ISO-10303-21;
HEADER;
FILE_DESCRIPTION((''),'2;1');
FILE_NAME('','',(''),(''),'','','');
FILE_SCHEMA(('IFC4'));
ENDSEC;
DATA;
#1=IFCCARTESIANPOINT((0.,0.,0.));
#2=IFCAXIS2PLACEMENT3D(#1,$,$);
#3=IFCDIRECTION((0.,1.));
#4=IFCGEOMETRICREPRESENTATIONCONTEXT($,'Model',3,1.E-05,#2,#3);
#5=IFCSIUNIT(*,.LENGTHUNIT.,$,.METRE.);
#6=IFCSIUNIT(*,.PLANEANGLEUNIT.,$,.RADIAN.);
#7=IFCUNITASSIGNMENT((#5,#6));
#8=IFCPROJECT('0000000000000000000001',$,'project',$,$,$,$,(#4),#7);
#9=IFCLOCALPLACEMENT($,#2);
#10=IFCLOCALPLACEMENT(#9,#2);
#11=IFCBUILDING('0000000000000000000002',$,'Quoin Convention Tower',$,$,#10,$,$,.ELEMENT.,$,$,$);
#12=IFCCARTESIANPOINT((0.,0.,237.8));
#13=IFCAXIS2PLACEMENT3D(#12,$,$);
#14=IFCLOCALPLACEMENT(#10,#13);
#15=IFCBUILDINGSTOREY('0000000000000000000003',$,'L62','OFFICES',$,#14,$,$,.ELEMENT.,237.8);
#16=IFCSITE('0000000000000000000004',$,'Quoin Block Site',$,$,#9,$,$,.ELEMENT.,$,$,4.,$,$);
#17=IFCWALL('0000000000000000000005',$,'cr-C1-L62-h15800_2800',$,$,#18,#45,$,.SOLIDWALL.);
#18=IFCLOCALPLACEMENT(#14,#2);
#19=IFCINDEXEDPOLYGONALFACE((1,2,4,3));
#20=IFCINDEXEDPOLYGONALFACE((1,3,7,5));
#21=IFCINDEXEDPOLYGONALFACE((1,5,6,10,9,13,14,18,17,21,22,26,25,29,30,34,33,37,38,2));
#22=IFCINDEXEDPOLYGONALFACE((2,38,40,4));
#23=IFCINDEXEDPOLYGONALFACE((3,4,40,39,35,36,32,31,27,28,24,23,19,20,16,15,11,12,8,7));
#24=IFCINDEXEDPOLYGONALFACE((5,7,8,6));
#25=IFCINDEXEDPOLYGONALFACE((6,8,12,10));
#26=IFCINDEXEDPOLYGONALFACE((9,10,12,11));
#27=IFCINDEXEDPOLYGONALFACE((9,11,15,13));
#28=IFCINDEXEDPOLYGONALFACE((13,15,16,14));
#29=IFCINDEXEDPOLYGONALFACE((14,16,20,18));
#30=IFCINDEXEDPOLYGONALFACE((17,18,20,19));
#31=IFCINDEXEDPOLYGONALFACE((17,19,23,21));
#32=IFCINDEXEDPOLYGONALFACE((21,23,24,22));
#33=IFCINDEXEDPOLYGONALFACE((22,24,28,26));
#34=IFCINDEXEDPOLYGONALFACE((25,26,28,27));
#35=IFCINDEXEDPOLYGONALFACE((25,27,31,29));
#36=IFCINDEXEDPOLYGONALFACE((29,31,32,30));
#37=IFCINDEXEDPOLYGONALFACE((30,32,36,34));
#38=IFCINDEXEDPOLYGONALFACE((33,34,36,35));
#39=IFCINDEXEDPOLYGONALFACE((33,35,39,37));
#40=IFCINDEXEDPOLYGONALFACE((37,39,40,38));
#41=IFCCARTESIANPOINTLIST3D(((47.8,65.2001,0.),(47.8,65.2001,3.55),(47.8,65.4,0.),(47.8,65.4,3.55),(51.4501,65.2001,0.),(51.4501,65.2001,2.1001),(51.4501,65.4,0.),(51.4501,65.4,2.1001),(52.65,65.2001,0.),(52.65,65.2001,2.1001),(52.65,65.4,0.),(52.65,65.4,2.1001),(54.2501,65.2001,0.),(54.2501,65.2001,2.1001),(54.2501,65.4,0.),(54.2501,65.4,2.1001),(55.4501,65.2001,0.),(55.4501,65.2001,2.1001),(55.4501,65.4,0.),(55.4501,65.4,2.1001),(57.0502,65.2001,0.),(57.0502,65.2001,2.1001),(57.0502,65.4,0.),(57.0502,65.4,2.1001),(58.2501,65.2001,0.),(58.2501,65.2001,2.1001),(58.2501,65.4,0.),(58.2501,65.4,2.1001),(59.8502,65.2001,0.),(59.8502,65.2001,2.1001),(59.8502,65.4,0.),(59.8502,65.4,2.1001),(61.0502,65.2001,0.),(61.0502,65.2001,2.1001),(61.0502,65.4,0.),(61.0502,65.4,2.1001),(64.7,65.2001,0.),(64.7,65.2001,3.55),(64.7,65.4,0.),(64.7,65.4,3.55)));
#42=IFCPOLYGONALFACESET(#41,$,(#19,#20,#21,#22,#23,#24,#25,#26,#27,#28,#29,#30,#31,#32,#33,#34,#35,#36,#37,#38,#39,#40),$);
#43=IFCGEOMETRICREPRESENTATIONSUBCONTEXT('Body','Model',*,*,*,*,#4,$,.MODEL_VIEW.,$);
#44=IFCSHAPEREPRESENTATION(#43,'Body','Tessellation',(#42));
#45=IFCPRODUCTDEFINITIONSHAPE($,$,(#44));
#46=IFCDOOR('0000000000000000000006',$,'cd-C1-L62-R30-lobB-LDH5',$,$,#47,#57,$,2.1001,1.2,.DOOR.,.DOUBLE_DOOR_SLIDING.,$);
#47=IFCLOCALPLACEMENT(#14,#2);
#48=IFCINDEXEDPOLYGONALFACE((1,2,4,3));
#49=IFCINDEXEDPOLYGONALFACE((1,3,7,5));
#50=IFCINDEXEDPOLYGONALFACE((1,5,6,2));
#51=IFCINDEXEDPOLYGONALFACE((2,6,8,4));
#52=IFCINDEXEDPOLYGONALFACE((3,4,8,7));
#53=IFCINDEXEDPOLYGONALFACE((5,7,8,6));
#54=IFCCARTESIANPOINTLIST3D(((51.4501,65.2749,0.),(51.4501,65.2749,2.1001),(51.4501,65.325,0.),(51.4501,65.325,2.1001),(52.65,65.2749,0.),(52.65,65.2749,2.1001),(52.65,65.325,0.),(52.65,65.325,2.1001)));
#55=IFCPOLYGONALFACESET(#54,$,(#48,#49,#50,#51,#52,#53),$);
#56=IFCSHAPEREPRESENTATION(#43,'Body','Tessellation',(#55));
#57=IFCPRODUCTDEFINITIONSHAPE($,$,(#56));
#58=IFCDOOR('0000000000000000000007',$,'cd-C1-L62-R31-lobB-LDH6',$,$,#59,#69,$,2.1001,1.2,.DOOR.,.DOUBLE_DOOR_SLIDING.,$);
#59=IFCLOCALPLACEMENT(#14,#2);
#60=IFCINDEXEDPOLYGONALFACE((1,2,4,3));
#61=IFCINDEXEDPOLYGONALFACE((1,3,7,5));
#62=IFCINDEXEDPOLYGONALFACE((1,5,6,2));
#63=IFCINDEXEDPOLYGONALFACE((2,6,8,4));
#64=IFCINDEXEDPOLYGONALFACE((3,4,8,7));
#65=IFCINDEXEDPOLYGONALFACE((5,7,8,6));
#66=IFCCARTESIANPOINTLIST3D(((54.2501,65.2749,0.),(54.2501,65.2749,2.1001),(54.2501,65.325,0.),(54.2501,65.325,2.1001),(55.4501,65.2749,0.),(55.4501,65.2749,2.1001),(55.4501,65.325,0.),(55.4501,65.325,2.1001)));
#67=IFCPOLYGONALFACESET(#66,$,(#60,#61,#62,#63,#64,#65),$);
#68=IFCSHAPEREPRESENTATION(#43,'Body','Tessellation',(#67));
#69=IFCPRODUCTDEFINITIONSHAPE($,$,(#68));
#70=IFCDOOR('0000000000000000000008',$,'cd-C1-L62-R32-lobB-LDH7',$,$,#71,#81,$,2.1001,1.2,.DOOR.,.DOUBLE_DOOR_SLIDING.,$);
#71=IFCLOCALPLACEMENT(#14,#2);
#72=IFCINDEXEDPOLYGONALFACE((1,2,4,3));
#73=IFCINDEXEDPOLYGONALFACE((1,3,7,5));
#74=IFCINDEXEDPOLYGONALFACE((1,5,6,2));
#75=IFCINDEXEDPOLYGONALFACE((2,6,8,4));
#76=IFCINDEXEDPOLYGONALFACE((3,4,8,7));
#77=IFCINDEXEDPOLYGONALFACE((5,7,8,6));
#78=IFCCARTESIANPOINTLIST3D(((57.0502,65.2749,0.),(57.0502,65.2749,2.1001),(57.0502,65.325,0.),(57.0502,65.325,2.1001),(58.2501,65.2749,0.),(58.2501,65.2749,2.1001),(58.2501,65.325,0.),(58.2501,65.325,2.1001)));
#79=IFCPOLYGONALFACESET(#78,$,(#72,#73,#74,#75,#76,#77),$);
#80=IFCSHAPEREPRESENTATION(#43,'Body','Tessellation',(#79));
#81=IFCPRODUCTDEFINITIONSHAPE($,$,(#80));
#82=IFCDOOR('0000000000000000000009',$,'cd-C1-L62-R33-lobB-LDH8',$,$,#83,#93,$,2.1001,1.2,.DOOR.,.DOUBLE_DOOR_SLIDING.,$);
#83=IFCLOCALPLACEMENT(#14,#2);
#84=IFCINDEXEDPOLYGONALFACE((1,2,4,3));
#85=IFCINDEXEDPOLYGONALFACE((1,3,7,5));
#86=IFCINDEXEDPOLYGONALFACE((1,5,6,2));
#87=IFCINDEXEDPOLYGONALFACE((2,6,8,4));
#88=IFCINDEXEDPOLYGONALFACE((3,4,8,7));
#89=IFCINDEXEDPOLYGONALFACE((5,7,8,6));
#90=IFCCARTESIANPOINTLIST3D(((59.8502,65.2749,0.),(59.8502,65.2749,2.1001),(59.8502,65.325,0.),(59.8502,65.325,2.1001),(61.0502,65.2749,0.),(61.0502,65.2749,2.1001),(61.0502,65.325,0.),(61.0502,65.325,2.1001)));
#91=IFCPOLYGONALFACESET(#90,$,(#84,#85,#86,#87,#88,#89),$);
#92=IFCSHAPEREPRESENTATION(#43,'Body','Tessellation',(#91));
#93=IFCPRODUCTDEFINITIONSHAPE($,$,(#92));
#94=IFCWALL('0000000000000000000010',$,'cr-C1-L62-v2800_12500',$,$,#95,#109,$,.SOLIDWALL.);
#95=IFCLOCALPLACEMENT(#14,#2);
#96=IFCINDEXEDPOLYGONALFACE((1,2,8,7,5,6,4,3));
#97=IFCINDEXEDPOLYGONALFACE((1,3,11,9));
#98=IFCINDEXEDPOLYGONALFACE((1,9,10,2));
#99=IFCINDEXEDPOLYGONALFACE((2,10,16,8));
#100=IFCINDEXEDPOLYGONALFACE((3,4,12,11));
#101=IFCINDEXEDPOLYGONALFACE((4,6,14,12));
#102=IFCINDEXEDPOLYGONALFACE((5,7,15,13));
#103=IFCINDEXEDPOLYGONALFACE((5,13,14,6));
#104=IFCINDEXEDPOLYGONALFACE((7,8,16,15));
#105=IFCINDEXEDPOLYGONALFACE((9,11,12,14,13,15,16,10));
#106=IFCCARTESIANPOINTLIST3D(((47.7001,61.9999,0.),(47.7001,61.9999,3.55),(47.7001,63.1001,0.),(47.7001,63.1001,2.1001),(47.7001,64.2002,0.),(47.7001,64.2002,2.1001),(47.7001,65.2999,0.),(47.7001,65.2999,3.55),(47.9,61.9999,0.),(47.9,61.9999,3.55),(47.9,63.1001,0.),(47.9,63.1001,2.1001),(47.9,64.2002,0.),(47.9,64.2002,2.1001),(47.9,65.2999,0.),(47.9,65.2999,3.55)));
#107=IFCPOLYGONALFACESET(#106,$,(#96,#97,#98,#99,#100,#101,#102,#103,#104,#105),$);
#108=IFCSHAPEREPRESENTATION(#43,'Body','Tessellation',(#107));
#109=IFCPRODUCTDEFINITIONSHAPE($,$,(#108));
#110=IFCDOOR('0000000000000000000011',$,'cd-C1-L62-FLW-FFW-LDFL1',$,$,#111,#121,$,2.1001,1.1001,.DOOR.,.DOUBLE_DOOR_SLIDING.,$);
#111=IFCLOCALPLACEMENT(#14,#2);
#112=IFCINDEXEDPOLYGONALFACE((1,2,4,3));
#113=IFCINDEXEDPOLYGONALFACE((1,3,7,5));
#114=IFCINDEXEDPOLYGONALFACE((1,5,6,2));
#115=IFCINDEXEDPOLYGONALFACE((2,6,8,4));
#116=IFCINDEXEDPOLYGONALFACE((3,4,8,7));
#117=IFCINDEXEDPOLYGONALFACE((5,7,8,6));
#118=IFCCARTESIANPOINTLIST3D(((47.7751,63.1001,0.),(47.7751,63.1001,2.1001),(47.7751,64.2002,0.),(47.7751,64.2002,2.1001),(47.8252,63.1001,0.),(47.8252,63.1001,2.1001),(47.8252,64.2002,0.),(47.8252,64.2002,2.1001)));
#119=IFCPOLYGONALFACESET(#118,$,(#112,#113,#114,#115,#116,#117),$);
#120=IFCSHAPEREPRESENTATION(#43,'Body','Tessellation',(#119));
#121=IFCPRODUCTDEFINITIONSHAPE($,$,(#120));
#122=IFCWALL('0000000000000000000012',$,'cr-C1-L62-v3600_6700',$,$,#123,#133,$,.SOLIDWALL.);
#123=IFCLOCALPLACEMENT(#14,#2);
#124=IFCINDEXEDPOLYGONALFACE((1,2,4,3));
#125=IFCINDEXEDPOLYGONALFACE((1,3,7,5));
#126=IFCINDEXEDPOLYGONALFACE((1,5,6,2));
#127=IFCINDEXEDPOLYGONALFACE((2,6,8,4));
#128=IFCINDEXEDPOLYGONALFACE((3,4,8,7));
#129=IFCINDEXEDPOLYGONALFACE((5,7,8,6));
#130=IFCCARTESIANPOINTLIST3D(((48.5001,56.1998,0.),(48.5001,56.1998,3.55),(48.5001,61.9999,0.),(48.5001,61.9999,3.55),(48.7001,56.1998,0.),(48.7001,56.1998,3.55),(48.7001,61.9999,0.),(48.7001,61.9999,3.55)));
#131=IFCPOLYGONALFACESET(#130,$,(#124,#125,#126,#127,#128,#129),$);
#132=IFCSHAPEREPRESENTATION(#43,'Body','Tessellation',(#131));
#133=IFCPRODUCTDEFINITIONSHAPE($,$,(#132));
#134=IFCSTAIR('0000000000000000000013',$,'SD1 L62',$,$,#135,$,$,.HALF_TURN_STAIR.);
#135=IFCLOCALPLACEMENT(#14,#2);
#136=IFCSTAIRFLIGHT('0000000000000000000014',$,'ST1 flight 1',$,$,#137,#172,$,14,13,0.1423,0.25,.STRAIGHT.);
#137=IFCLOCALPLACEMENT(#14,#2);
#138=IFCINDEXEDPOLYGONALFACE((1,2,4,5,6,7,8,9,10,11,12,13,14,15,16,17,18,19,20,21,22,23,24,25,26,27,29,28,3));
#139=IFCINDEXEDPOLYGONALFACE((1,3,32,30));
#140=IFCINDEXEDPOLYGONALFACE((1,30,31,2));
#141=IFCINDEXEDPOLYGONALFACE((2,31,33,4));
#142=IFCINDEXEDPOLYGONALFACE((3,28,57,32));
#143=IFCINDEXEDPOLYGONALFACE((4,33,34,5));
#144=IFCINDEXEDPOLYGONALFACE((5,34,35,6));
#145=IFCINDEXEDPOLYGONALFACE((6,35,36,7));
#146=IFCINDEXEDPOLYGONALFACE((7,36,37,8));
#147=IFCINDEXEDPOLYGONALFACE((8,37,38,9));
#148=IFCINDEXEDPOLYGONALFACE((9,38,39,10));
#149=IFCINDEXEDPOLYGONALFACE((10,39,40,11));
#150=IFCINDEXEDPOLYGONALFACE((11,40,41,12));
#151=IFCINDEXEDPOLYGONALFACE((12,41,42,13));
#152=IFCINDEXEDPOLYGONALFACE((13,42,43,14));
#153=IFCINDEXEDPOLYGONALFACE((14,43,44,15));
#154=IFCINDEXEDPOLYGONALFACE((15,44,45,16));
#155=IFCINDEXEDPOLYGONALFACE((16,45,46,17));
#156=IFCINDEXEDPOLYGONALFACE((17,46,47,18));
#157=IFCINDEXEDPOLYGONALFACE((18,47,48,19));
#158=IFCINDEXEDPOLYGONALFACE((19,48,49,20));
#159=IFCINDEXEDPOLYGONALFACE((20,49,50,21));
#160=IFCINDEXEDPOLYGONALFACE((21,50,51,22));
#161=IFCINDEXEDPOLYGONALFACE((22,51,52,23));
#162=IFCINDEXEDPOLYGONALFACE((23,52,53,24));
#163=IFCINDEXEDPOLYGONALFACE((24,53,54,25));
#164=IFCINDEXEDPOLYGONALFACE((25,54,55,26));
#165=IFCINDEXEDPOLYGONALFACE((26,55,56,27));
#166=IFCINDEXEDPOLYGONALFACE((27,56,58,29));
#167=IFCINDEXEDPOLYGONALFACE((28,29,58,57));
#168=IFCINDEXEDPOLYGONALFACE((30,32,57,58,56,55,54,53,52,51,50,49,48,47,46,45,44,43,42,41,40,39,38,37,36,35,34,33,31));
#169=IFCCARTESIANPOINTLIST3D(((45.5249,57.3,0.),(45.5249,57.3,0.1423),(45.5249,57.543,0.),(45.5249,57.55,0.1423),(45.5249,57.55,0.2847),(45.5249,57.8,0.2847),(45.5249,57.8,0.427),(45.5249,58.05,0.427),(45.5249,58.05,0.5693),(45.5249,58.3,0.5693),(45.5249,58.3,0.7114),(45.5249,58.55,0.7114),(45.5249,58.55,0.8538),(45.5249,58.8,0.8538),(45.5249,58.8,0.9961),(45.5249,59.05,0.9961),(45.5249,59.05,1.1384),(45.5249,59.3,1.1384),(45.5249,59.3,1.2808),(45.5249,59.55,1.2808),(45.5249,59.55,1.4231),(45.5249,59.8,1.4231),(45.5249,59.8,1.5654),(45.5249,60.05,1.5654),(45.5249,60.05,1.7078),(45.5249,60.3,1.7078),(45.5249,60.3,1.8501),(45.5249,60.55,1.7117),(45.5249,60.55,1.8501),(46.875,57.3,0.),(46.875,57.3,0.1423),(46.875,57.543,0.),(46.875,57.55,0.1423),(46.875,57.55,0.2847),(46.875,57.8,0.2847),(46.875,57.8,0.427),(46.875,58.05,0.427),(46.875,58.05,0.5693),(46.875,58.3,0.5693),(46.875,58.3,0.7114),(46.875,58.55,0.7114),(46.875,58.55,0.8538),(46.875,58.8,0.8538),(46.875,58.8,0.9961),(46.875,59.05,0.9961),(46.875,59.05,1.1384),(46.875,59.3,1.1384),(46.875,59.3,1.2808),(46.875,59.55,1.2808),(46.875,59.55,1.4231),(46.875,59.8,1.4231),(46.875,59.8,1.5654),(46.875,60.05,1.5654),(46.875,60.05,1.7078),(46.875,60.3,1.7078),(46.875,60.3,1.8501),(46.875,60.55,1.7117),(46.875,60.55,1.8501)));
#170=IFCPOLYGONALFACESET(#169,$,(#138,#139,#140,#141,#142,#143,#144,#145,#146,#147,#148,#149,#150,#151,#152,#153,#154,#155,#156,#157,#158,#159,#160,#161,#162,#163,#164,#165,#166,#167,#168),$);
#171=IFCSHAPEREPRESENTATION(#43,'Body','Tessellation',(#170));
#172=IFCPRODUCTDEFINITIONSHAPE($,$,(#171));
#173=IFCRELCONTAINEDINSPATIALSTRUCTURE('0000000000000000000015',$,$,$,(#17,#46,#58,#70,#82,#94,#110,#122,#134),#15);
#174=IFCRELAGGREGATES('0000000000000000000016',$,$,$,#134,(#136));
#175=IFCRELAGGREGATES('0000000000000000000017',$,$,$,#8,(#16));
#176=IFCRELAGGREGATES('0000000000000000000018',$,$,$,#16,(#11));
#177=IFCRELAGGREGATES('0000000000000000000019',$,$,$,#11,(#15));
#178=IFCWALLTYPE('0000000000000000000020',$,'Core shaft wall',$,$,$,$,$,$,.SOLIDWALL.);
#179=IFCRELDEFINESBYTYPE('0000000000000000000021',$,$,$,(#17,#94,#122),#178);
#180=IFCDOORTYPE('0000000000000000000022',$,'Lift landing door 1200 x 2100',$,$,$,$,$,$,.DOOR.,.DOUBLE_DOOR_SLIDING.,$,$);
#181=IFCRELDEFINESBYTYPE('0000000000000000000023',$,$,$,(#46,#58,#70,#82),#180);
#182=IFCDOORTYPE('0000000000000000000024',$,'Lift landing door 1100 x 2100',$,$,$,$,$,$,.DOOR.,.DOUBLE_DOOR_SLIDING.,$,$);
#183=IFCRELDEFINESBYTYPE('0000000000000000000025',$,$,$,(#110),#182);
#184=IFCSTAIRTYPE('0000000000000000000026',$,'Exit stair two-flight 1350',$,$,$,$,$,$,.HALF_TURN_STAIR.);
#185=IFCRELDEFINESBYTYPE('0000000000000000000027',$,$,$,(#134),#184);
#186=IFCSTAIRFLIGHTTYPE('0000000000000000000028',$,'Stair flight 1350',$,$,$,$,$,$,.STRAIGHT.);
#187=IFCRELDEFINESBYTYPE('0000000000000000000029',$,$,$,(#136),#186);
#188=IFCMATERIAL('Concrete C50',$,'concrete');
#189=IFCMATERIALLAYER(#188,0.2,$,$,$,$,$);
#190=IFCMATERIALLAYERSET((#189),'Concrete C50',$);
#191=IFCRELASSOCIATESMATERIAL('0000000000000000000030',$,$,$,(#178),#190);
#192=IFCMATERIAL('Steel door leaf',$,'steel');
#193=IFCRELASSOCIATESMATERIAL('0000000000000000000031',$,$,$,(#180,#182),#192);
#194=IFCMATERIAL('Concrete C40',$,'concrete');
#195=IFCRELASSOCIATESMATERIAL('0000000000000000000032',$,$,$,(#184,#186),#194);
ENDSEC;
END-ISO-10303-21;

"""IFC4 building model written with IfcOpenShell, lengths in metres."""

from ifc_helpers import new_model, si_unit, direction, frame, frame_2d, origin, place, context, subcontext, project, spatial, polyline, rectangle, outline, extrude, material, layer, layer_set, type_object, element, fill, aggregate, save


model = new_model("IFC4")

# Units and contexts
model_context = context("Model", 3, precision=1e-05, world=origin(), true_north=direction((0.0, 1.0)))
body_context = subcontext(model_context, "Body", "Model", "MODEL_VIEW")
ifc_project = project(units=[si_unit("LENGTHUNIT", "METRE"), si_unit("PLANEANGLEUNIT", "RADIAN")], contexts=[model_context])

# Site, building, storey
site_placement = place(None, origin())
site = spatial("IfcSite", under=ifc_project, at=site_placement, Name="Quoin Block Site", CompositionType="ELEMENT", RefElevation=4.0)
building_placement = place(site_placement, origin())
building = spatial("IfcBuilding", under=site, at=building_placement, Name="Quoin Convention Tower", CompositionType="ELEMENT")
storey_placement = place(building_placement, frame((0.0, 0.0, 237.8)))
storey = spatial("IfcBuildingStorey", under=building, at=storey_placement, Name="L62", Description="OFFICES", CompositionType="ELEMENT", Elevation=237.8)

# Shared definitions
ifc_material_1 = material(Name="Steel door leaf", Category="steel")

# Shared definitions
ifc_material_2 = material(Name="Concrete C50", Category="concrete")
ifc_layer_1 = layer(ifc_material_2, 0.2)
ifc_layer_set_1 = layer_set([ifc_layer_1], Name="Concrete C50")
wall_type_1 = type_object("IfcWallType", Name="Core shaft wall", PredefinedType="SOLIDWALL", material=ifc_layer_set_1)

# Wall, openings, doors
door_type_1 = type_object("IfcDoorType", Name="Lift landing door 1200 x 2100", OperationType="DOUBLE_DOOR_SLIDING", PredefinedType="DOOR", material=ifc_material_1)
wall_1_placement = place(storey_placement, frame((47.8, 65.3, 0.0), z_axis=(0.0, 0.0, 1.0), x_axis=(1.0, 0.0, 0.0)))
wall_1 = element("IfcWall", 1, at=wall_1_placement, inside=storey, type_object=wall_type_1, Name="cr-C1-L62-h15800_2800", PredefinedType="SOLIDWALL", context=body_context, shape_type="SweptSolid", body=[
    extrude(rectangle(XDim=16.8999, YDim=0.2, at=frame_2d((8.45, 0.0))), origin(), (0.0, 0.0, 1.0), 3.55),
])
opening_1_placement = place(wall_1_placement, frame((3.6499, 0.0, 0.0)))
opening_1 = element("IfcOpeningElement", 2, at=opening_1_placement, cuts=wall_1, PredefinedType="OPENING", context=body_context, shape_type="SweptSolid", body=[
    extrude(rectangle(XDim=1.2, YDim=2.1001, at=frame_2d((0.6001, 1.05))), frame((0.0, 0.1099, 0.0), z_axis=(0.0, -1.0, 0.0), x_axis=(1.0, 0.0, 0.0)), (0.0, 0.0, 1.0), 0.22),
])
opening_2_placement = place(wall_1_placement, frame((6.45, 0.0, 0.0)))
opening_2 = element("IfcOpeningElement", 3, at=opening_2_placement, cuts=wall_1, PredefinedType="OPENING", context=body_context, shape_type="SweptSolid", body=[
    extrude(rectangle(XDim=1.2, YDim=2.1001, at=frame_2d((0.6001, 1.05))), frame((0.0, 0.1099, 0.0), z_axis=(0.0, -1.0, 0.0), x_axis=(1.0, 0.0, 0.0)), (0.0, 0.0, 1.0), 0.22),
])
opening_3_placement = place(wall_1_placement, frame((9.25, 0.0, 0.0)))
opening_3 = element("IfcOpeningElement", 4, at=opening_3_placement, cuts=wall_1, PredefinedType="OPENING", context=body_context, shape_type="SweptSolid", body=[
    extrude(rectangle(XDim=1.2, YDim=2.1001, at=frame_2d((0.6001, 1.05))), frame((0.0, 0.1099, 0.0), z_axis=(0.0, -1.0, 0.0), x_axis=(1.0, 0.0, 0.0)), (0.0, 0.0, 1.0), 0.22),
])
opening_4_placement = place(wall_1_placement, frame((12.05, 0.0, 0.0)))
opening_4 = element("IfcOpeningElement", 5, at=opening_4_placement, cuts=wall_1, PredefinedType="OPENING", context=body_context, shape_type="SweptSolid", body=[
    extrude(rectangle(XDim=1.2, YDim=2.1001, at=frame_2d((0.6001, 1.05))), frame((0.0, 0.1099, 0.0), z_axis=(0.0, -1.0, 0.0), x_axis=(1.0, 0.0, 0.0)), (0.0, 0.0, 1.0), 0.22),
])
door_1_placement = place(opening_1_placement, origin())
door_1 = element("IfcDoor", 6, at=door_1_placement, inside=storey, type_object=door_type_1, Name="cd-C1-L62-R30-lobB-LDH5", OperationType="DOUBLE_DOOR_SLIDING", OverallHeight=2.1001, OverallWidth=1.2, PredefinedType="DOOR", context=body_context, shape_type="SweptSolid", body=[
    extrude(rectangle(XDim=1.2, YDim=2.1001, at=frame_2d((0.6001, 1.05))), frame((0.0, 0.0249, 0.0), z_axis=(0.0, -1.0, 0.0), x_axis=(1.0, 0.0, 0.0)), (0.0, 0.0, 1.0), 0.05),
])
fill(opening_1, door_1)
door_2_placement = place(opening_2_placement, origin())
door_2 = element("IfcDoor", 7, at=door_2_placement, inside=storey, type_object=door_type_1, Name="cd-C1-L62-R31-lobB-LDH6", OperationType="DOUBLE_DOOR_SLIDING", OverallHeight=2.1001, OverallWidth=1.2, PredefinedType="DOOR", context=body_context, shape_type="SweptSolid", body=[
    extrude(rectangle(XDim=1.2, YDim=2.1001, at=frame_2d((0.6001, 1.05))), frame((0.0, 0.0249, 0.0), z_axis=(0.0, -1.0, 0.0), x_axis=(1.0, 0.0, 0.0)), (0.0, 0.0, 1.0), 0.05),
])
fill(opening_2, door_2)
door_3_placement = place(opening_3_placement, origin())
door_3 = element("IfcDoor", 8, at=door_3_placement, inside=storey, type_object=door_type_1, Name="cd-C1-L62-R32-lobB-LDH7", OperationType="DOUBLE_DOOR_SLIDING", OverallHeight=2.1001, OverallWidth=1.2, PredefinedType="DOOR", context=body_context, shape_type="SweptSolid", body=[
    extrude(rectangle(XDim=1.2, YDim=2.1001, at=frame_2d((0.6001, 1.05))), frame((0.0, 0.0249, 0.0), z_axis=(0.0, -1.0, 0.0), x_axis=(1.0, 0.0, 0.0)), (0.0, 0.0, 1.0), 0.05),
])
fill(opening_3, door_3)
door_4_placement = place(opening_4_placement, origin())
door_4 = element("IfcDoor", 9, at=door_4_placement, inside=storey, type_object=door_type_1, Name="cd-C1-L62-R33-lobB-LDH8", OperationType="DOUBLE_DOOR_SLIDING", OverallHeight=2.1001, OverallWidth=1.2, PredefinedType="DOOR", context=body_context, shape_type="SweptSolid", body=[
    extrude(rectangle(XDim=1.2, YDim=2.1001, at=frame_2d((0.6001, 1.05))), frame((0.0, 0.0249, 0.0), z_axis=(0.0, -1.0, 0.0), x_axis=(1.0, 0.0, 0.0)), (0.0, 0.0, 1.0), 0.05),
])
fill(opening_4, door_4)

# Wall, opening, door
wall_2_placement = place(storey_placement, frame((47.8, 62.0, 0.0), z_axis=(0.0, 0.0, 1.0), x_axis=(0.0, 1.0, 0.0)))
wall_2 = element("IfcWall", 10, at=wall_2_placement, inside=storey, type_object=wall_type_1, Name="cr-C1-L62-v2800_12500", PredefinedType="SOLIDWALL", context=body_context, shape_type="SweptSolid", body=[
    extrude(rectangle(XDim=3.3, YDim=0.2, at=frame_2d((1.6499, 0.0))), origin(), (0.0, 0.0, 1.0), 3.55),
])
opening_5_placement = place(wall_2_placement, frame((1.1001, 0.0, 0.0)))
opening_5 = element("IfcOpeningElement", 11, at=opening_5_placement, cuts=wall_2, PredefinedType="OPENING", context=body_context, shape_type="SweptSolid", body=[
    extrude(rectangle(XDim=1.1001, YDim=2.1001, at=frame_2d((0.55, 1.05))), frame((0.0, 0.1099, 0.0), z_axis=(0.0, -1.0, 0.0), x_axis=(1.0, 0.0, 0.0)), (0.0, 0.0, 1.0), 0.22),
])
door_type_2 = type_object("IfcDoorType", Name="Lift landing door 1100 x 2100", OperationType="DOUBLE_DOOR_SLIDING", PredefinedType="DOOR", material=ifc_material_1)
door_5_placement = place(opening_5_placement, origin())
door_5 = element("IfcDoor", 12, at=door_5_placement, inside=storey, type_object=door_type_2, Name="cd-C1-L62-FLW-FFW-LDFL1", OperationType="DOUBLE_DOOR_SLIDING", OverallHeight=2.1001, OverallWidth=1.1001, PredefinedType="DOOR", context=body_context, shape_type="SweptSolid", body=[
    extrude(rectangle(XDim=1.1001, YDim=2.1001, at=frame_2d((0.55, 1.05))), frame((0.0, 0.0249, 0.0), z_axis=(0.0, -1.0, 0.0), x_axis=(1.0, 0.0, 0.0)), (0.0, 0.0, 1.0), 0.05),
])
fill(opening_5, door_5)

# Wall
wall_3_placement = place(storey_placement, frame((48.6001, 56.2, 0.0), z_axis=(0.0, 0.0, 1.0), x_axis=(0.0, 1.0, 0.0)))
element("IfcWall", 13, at=wall_3_placement, inside=storey, type_object=wall_type_1, Name="cr-C1-L62-v3600_6700", PredefinedType="SOLIDWALL", context=body_context, shape_type="SweptSolid", body=[
    extrude(rectangle(XDim=5.8, YDim=0.2, at=frame_2d((2.8999, 0.0))), origin(), (0.0, 0.0, 1.0), 3.55),
])

# Stair, stair flight
ifc_material_3 = material(Name="Concrete C40", Category="concrete")
stair_type = type_object("IfcStairType", Name="Exit stair two-flight 1350", PredefinedType="HALF_TURN_STAIR", material=ifc_material_3)
stair_placement = place(storey_placement, origin())
stair = element("IfcStair", 14, at=stair_placement, inside=storey, type_object=stair_type, Name="SD1 L62", PredefinedType="HALF_TURN_STAIR")
stair_flight_type = type_object("IfcStairFlightType", Name="Stair flight 1350", PredefinedType="STRAIGHT", material=ifc_material_3)
stair_flight_1_placement = place(storey_placement, frame((46.2, 57.3, 0.0), z_axis=(0.0, 0.0, 1.0), x_axis=(0.0, 1.0, 0.0)))
stair_flight_1 = element("IfcStairFlight", 15, at=stair_flight_1_placement, type_object=stair_flight_type, Name="ST1 flight 1", NumberOfRisers=14, NumberOfTreads=13, PredefinedType="STRAIGHT", RiserHeight=0.1423, TreadLength=0.25, context=body_context, shape_type="SweptSolid", body=[
    extrude(outline(polyline([(0.0, 0.0), (0.0, 0.1423), (0.25, 0.1423), (0.25, 0.2847), (0.5, 0.2847), (0.5, 0.427), (0.75, 0.427), (0.75, 0.5693), (1.0, 0.5693), (1.0, 0.7114), (1.25, 0.7114), (1.25, 0.8538), (1.5, 0.8538), (1.5, 0.9961), (1.75, 0.9961), (1.75, 1.1384), (2.0, 1.1384), (2.0, 1.2808), (2.25, 1.2808), (2.25, 1.4231), (2.5, 1.4231), (2.5, 1.5654), (2.75, 1.5654), (2.75, 1.7078), (3.0, 1.7078), (3.0, 1.8501), (3.25, 1.8501), (3.25, 1.9922), (3.25, 1.7117), (0.2429, 0.0), (0.0, 0.0)])), frame((0.0, 0.675, 0.0), z_axis=(0.0, -1.0, 0.0), x_axis=(1.0, 0.0, 0.0)), (0.0, 0.0, 1.0), 1.3501),
])
aggregate(stair, [stair_flight_1])

save(model, "model.ifc")
